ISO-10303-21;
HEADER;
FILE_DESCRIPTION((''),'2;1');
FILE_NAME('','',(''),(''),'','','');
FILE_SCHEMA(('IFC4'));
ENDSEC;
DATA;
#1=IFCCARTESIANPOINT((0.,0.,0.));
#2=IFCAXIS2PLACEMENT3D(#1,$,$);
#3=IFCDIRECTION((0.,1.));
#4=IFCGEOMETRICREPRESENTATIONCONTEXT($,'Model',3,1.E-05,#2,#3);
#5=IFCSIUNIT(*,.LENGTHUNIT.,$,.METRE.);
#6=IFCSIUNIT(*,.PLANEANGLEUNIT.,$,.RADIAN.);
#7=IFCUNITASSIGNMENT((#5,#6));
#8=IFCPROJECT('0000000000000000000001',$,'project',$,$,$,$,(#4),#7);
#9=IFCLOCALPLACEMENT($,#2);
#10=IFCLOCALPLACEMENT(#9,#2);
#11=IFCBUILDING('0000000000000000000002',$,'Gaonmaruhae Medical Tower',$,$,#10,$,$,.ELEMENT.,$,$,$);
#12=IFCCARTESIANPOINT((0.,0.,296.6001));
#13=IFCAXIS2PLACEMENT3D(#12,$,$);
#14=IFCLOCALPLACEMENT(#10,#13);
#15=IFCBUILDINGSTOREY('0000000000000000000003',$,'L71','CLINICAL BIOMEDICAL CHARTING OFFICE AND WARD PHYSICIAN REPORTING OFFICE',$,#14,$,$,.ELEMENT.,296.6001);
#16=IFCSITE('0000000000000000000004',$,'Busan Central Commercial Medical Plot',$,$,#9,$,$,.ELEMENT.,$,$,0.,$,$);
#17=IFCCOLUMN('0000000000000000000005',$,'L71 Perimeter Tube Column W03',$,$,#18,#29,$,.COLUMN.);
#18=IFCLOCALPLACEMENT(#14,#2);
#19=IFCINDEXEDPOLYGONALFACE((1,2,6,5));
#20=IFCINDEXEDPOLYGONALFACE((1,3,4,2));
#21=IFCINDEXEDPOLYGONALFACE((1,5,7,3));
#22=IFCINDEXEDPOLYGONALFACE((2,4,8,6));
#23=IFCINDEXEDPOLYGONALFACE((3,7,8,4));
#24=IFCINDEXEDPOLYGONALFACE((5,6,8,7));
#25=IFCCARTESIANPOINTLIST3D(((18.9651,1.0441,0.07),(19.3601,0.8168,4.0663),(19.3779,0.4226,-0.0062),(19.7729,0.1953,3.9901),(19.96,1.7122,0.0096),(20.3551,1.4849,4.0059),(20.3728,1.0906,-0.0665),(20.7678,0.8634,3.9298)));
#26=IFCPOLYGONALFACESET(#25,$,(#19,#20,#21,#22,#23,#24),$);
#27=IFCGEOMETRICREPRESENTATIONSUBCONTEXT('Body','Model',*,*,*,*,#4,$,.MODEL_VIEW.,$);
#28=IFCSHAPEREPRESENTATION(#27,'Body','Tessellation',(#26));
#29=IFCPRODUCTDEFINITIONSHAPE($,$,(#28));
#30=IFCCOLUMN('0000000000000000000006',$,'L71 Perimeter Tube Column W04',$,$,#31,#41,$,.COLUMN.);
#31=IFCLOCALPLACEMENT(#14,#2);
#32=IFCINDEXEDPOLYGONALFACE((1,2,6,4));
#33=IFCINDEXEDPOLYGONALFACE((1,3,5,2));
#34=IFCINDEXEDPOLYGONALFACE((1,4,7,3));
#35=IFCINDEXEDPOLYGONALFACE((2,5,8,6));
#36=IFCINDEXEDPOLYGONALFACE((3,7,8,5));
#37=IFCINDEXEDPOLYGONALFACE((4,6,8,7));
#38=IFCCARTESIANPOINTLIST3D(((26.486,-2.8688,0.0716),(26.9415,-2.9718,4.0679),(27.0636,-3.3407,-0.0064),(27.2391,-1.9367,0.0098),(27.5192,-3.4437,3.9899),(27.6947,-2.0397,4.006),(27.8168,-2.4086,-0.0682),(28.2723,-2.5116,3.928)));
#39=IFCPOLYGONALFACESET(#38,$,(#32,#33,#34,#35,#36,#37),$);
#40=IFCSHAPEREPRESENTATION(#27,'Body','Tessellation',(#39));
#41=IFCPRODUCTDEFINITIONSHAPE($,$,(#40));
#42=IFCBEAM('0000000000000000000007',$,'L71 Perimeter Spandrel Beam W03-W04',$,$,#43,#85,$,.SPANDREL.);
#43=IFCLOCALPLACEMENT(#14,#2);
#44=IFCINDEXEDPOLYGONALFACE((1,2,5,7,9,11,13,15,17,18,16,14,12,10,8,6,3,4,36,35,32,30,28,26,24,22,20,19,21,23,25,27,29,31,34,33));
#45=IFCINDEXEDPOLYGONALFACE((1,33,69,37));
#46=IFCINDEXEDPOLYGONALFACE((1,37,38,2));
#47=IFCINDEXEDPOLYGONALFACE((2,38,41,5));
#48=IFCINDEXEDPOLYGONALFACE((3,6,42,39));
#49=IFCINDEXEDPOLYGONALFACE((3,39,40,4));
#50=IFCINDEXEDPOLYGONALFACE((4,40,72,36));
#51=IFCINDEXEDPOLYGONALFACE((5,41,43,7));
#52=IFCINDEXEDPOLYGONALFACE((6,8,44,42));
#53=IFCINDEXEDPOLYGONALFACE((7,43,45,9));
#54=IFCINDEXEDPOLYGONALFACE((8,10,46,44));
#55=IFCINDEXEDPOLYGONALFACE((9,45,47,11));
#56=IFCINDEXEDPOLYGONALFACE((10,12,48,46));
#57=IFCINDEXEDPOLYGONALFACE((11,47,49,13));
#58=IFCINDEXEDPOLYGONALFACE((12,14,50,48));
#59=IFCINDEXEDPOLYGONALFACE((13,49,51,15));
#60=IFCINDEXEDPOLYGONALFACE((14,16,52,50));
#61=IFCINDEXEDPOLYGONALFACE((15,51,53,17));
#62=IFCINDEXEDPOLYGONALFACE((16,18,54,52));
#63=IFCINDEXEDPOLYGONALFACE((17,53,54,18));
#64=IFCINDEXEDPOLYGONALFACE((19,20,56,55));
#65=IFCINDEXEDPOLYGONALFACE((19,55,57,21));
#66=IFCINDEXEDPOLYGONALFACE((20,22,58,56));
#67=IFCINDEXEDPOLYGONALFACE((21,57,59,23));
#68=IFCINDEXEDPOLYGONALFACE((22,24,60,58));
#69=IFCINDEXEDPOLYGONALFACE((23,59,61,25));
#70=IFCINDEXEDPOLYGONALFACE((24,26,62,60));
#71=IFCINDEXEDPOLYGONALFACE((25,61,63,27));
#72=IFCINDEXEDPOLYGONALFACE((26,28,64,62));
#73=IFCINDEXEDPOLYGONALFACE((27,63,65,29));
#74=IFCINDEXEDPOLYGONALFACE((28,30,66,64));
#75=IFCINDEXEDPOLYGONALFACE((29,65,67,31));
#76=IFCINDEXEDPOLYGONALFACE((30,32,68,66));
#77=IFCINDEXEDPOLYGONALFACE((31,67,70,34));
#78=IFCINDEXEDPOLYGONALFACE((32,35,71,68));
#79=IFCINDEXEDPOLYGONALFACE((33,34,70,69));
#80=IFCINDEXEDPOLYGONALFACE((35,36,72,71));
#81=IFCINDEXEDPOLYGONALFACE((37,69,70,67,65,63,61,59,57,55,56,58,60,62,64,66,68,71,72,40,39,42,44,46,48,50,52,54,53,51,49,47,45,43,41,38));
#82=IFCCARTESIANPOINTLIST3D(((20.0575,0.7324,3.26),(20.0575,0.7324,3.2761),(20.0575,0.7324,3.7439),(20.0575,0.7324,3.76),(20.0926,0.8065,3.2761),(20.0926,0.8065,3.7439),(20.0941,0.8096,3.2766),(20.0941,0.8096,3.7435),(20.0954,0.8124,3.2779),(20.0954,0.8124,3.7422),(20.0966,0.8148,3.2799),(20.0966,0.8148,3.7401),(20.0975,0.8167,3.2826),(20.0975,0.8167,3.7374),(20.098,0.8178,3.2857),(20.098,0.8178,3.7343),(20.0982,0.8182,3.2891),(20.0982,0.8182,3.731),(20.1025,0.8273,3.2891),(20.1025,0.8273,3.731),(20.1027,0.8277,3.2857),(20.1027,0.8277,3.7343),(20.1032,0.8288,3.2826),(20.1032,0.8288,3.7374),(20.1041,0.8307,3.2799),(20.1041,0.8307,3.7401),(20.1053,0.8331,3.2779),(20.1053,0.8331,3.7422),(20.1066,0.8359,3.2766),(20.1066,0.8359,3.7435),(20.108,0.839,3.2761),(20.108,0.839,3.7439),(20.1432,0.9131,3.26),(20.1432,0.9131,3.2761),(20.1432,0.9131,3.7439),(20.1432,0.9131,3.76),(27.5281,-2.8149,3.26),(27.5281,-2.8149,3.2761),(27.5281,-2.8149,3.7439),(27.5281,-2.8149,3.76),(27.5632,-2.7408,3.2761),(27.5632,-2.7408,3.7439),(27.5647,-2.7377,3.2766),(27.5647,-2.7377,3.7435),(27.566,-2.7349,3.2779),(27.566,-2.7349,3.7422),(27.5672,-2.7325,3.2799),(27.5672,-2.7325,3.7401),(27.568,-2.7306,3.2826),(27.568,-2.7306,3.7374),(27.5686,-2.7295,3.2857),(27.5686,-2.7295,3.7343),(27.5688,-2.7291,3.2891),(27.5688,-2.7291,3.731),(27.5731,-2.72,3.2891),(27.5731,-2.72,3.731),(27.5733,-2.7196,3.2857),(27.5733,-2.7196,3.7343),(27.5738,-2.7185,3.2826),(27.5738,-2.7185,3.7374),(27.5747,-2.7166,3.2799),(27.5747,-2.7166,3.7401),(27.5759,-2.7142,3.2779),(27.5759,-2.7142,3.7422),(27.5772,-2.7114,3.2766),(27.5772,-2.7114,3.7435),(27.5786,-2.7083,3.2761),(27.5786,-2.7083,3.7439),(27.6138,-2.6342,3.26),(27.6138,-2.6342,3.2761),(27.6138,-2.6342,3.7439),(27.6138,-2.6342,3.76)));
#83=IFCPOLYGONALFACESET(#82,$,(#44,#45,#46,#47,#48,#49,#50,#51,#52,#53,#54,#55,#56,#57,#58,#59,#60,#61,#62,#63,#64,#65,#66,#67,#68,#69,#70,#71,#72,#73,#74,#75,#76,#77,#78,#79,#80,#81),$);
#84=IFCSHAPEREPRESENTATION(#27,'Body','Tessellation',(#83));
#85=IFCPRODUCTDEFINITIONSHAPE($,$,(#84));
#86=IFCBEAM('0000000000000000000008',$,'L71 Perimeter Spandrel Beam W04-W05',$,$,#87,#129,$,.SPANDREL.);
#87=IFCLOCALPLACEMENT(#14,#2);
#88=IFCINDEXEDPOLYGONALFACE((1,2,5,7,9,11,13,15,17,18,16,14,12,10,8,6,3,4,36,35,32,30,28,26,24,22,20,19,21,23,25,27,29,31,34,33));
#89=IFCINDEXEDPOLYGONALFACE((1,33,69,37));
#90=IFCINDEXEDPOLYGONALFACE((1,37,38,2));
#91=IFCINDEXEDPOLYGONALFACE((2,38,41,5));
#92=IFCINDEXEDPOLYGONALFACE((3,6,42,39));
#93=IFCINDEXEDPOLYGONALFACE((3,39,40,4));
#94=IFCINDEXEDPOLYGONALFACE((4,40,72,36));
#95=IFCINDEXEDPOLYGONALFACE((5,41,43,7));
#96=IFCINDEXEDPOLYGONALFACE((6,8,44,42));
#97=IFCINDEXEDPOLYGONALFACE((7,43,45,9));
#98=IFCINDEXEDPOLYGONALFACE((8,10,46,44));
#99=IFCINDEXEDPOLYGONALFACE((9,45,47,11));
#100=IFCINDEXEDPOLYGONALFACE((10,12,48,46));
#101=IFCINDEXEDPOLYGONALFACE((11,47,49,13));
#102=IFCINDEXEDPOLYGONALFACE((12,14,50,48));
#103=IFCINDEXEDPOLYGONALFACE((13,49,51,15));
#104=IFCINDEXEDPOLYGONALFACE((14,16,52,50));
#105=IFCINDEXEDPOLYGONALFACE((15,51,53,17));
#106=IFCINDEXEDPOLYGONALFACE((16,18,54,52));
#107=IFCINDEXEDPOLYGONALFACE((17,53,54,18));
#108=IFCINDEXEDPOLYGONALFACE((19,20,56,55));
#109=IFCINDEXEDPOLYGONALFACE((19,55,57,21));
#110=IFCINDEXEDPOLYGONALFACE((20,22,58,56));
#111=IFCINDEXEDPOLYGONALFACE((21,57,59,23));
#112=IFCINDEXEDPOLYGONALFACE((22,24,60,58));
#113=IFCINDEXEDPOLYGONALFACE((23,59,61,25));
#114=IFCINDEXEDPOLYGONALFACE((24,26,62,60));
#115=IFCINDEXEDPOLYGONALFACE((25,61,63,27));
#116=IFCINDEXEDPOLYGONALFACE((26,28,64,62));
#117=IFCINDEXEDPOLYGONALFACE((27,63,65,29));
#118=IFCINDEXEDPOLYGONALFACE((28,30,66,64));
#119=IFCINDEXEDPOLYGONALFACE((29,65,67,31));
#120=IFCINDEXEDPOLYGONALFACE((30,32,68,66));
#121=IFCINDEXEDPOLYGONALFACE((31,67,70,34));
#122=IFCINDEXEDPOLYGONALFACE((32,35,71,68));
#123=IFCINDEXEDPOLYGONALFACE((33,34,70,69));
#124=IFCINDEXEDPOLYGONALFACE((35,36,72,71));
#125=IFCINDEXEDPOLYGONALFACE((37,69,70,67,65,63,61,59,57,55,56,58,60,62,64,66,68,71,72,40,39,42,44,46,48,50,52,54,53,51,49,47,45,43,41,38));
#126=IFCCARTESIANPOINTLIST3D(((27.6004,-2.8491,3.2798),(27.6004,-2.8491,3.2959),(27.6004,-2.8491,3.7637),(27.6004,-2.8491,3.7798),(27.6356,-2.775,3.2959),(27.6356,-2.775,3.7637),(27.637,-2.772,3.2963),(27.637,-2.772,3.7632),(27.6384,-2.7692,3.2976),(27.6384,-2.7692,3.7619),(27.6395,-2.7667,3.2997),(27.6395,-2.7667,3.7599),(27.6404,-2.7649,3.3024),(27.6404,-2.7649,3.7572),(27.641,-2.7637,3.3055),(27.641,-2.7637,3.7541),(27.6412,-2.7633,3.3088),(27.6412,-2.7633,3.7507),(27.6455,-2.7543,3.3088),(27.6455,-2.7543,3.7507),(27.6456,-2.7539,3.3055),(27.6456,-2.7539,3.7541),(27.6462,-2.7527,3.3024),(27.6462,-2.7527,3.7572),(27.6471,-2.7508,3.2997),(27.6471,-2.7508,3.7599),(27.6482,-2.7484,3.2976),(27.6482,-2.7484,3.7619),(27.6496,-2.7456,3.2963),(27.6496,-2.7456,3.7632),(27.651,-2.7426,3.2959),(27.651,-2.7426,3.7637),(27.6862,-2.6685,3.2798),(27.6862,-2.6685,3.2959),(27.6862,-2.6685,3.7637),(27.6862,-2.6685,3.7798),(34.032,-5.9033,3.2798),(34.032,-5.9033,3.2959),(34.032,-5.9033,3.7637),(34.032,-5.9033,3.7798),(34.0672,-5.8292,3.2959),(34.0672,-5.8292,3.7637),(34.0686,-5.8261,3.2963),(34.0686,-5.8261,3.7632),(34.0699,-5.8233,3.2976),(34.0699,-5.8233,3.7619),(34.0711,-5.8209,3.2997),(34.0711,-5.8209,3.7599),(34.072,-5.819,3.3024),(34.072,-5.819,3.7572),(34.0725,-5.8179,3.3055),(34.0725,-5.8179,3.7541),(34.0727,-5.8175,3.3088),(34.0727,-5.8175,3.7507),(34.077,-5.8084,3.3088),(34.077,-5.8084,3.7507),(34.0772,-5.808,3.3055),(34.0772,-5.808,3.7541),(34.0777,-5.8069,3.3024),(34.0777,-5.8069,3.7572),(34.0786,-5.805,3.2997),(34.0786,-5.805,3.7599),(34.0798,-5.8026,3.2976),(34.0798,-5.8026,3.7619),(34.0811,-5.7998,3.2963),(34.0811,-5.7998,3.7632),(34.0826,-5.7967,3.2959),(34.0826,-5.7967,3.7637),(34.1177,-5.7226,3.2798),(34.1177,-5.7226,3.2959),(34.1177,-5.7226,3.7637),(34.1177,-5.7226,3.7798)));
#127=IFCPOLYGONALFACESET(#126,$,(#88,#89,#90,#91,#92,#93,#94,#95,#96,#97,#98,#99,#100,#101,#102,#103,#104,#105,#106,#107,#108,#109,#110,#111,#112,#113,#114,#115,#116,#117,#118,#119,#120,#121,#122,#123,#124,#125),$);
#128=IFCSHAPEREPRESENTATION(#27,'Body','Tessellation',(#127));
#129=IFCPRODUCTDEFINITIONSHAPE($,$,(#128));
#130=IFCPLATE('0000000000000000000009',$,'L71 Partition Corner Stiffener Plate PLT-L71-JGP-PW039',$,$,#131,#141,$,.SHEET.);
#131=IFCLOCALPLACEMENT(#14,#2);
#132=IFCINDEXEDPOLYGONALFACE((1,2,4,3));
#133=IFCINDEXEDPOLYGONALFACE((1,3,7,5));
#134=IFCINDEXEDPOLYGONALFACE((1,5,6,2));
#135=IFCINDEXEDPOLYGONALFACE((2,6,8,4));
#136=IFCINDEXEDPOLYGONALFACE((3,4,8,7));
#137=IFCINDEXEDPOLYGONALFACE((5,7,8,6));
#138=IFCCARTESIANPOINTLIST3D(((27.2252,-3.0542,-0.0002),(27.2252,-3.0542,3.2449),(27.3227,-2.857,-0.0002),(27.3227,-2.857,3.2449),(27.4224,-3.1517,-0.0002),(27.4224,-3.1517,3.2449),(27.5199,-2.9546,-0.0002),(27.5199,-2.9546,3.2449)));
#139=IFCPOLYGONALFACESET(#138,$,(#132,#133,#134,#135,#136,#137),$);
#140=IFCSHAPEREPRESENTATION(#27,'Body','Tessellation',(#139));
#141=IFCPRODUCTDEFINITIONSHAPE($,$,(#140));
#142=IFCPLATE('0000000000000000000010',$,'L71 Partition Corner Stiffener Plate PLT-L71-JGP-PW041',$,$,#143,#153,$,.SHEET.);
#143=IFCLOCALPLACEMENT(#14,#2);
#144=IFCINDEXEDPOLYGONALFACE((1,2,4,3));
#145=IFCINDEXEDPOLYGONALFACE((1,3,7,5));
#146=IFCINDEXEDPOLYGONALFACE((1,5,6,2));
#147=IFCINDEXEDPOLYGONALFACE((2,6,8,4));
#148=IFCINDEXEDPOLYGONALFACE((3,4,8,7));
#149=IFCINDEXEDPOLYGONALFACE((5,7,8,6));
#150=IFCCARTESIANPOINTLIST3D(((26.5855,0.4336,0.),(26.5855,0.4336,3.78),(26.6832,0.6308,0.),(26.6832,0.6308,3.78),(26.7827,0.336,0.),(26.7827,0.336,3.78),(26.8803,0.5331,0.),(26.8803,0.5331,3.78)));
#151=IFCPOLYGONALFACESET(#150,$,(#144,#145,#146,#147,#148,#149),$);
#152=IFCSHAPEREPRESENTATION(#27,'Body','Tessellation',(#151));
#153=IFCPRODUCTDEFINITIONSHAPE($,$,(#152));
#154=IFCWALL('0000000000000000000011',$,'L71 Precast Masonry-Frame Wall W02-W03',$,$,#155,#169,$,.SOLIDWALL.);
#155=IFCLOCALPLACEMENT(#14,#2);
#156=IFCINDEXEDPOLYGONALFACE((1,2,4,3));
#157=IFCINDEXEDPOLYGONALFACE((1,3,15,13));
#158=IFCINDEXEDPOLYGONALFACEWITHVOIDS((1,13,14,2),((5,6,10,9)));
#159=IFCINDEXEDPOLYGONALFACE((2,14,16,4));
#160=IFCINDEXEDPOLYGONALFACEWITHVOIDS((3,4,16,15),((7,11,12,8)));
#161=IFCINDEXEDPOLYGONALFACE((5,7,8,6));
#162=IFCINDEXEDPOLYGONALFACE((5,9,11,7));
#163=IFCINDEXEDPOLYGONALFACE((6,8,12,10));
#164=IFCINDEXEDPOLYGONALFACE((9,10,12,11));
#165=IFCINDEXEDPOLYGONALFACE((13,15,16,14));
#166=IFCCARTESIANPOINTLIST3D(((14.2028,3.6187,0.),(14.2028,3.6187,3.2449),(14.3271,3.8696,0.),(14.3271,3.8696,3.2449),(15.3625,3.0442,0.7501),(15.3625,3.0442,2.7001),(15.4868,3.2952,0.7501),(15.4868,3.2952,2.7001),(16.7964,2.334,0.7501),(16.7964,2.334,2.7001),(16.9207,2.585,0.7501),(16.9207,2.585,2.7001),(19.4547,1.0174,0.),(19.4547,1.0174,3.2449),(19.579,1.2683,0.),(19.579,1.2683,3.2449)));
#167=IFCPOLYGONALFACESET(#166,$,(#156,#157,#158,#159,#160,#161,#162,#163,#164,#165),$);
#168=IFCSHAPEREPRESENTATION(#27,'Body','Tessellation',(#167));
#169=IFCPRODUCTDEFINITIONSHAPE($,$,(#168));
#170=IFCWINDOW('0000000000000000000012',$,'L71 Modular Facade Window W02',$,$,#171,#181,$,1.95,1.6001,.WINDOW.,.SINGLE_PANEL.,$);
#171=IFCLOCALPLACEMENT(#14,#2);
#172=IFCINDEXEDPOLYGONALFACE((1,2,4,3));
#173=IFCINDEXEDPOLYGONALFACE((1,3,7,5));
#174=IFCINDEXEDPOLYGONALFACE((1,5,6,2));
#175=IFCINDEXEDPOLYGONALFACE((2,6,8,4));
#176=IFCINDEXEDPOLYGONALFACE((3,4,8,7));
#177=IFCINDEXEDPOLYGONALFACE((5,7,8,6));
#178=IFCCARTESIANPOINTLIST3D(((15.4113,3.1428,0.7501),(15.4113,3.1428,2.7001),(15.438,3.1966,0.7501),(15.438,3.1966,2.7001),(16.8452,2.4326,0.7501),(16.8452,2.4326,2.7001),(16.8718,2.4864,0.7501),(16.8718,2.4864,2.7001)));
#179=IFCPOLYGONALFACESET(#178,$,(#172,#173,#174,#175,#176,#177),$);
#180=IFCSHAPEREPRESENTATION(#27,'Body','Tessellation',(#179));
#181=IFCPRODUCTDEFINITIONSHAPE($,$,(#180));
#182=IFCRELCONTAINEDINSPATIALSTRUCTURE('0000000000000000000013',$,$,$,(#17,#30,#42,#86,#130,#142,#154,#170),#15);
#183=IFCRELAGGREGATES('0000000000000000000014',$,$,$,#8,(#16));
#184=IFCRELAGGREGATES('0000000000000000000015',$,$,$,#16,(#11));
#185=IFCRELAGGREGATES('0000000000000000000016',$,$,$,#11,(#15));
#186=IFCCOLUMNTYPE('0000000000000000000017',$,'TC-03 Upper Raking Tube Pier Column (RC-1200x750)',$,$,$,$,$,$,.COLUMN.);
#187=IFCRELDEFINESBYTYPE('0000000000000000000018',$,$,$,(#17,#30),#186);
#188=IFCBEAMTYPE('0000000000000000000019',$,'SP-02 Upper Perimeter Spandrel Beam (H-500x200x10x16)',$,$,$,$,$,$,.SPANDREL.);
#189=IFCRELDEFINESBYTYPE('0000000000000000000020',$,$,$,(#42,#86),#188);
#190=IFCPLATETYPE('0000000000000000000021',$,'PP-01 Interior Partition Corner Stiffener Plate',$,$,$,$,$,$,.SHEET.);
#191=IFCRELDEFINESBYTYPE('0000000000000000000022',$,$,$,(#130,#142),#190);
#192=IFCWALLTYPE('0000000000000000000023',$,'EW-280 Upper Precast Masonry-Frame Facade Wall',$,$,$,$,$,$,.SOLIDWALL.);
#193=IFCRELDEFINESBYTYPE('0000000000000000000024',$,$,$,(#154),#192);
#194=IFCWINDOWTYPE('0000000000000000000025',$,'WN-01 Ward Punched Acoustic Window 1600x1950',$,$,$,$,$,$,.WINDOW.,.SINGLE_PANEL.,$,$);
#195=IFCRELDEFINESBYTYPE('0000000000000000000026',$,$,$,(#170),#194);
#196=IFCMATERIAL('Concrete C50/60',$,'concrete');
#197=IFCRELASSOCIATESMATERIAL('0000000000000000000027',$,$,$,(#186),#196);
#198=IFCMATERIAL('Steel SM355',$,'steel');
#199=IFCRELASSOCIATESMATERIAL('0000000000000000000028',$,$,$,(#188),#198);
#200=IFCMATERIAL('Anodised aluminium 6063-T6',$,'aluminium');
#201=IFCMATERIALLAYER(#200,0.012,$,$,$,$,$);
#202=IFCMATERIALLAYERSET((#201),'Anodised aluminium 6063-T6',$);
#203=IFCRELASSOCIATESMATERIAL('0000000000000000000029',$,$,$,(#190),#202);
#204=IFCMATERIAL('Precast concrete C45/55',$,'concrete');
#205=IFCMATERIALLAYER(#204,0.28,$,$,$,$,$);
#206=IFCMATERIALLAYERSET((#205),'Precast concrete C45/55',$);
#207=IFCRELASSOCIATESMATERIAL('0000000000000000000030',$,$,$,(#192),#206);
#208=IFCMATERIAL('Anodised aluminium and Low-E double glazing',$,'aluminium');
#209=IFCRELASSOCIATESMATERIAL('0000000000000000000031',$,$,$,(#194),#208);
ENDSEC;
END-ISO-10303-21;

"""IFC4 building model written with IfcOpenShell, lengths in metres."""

from ifc_helpers import new_model, si_unit, direction, frame, frame_2d, origin, origin_2d, place, context, subcontext, project, spatial, rectangle, i_section, extrude, material, layer, layer_set, material_profile, profile_set, type_object, element, fill, save


model = new_model("IFC4")

# Units and contexts
model_context = context("Model", 3, precision=1e-05, world=origin(), true_north=direction((0.0, 1.0)))
body_context = subcontext(model_context, "Body", "Model", "MODEL_VIEW")
ifc_project = project(units=[si_unit("LENGTHUNIT", "METRE"), si_unit("PLANEANGLEUNIT", "RADIAN")], contexts=[model_context])

# Site, building, storey
site_placement = place(None, origin())
site = spatial("IfcSite", under=ifc_project, at=site_placement, Name="Busan Central Commercial Medical Plot", CompositionType="ELEMENT", RefElevation=0.0)
building_placement = place(site_placement, origin())
building = spatial("IfcBuilding", under=site, at=building_placement, Name="Gaonmaruhae Medical Tower", CompositionType="ELEMENT")
storey_placement = place(building_placement, frame((0.0, 0.0, 296.6001)))
storey = spatial("IfcBuildingStorey", under=building, at=storey_placement, Name="L71", Description="CLINICAL BIOMEDICAL CHARTING OFFICE AND WARD PHYSICIAN REPORTING OFFICE", CompositionType="ELEMENT", Elevation=296.6001)

# Columns
ifc_material_1 = material(Name="Concrete C50/60", Category="concrete")
ifc_material_profile_1 = material_profile(ifc_material_1, rectangle(XDim=1.2, YDim=0.75, at=origin_2d()), Name="RC-1200x750")
ifc_profile_set_1 = profile_set([ifc_material_profile_1], Name="Concrete C50/60")
column_type = type_object("IfcColumnType", Name="TC-03 Upper Raking Tube Pier Column (RC-1200x750)", PredefinedType="COLUMN", material=ifc_profile_set_1)
column_1_placement = place(storey_placement, frame((19.6689, 1.0674, 0.0017), z_axis=(0.098209, -0.05651, 0.99356), x_axis=(-0.829149, -0.556761, 0.050291)))
element("IfcColumn", 1, at=column_1_placement, inside=storey, type_object=column_type, Name="L71 Perimeter Tube Column W03", PredefinedType="COLUMN", context=body_context, shape_type="SweptSolid", body=[
    extrude(rectangle(XDim=1.2, YDim=0.75, at=origin_2d()), origin(), (0.0, 0.0, 1.0), 4.0222),
])
column_2_placement = place(storey_placement, frame((27.1514, -2.6387, 0.0017), z_axis=(0.113225, -0.025606, 0.993239), x_axis=(-0.627657, -0.776783, 0.051525)))
element("IfcColumn", 2, at=column_2_placement, inside=storey, type_object=column_type, Name="L71 Perimeter Tube Column W04", PredefinedType="COLUMN", context=body_context, shape_type="SweptSolid", body=[
    extrude(rectangle(XDim=1.2, YDim=0.75, at=origin_2d()), origin(), (0.0, 0.0, 1.0), 4.0234),
])

# Beams
ifc_material_2 = material(Name="Steel SM355", Category="steel")
ifc_material_profile_2 = material_profile(ifc_material_2, i_section(OverallWidth=0.2, OverallDepth=0.5, WebThickness=0.01, FlangeThickness=0.0161, FilletRadius=0.0129, at=origin_2d()), Name="H-500x200x10x16")
ifc_profile_set_2 = profile_set([ifc_material_profile_2], Name="Steel SM355")
beam_type = type_object("IfcBeamType", Name="SP-02 Upper Perimeter Spandrel Beam (H-500x200x10x16)", PredefinedType="SPANDREL", material=ifc_profile_set_2)
beam_1_placement = place(storey_placement, frame((20.1003, 0.8228, 3.51), z_axis=(0.903335, -0.428936, 0.0), x_axis=(0.428936, 0.903335, 0.0)))
element("IfcBeam", 3, at=beam_1_placement, inside=storey, type_object=beam_type, Name="L71 Perimeter Spandrel Beam W03-W04", PredefinedType="SPANDREL", context=body_context, shape_type="SweptSolid", body=[
    extrude(i_section(OverallWidth=0.2, OverallDepth=0.5, WebThickness=0.01, FlangeThickness=0.0161, FilletRadius=0.0129, at=origin_2d()), origin(), (0.0, 0.0, 1.0), 8.27),
])
beam_2_placement = place(storey_placement, frame((27.6433, -2.7588, 3.5298), z_axis=(0.903323, -0.428962, 0.0), x_axis=(0.428962, 0.903323, 0.0)))
element("IfcBeam", 4, at=beam_2_placement, inside=storey, type_object=beam_type, Name="L71 Perimeter Spandrel Beam W04-W05", PredefinedType="SPANDREL", context=body_context, shape_type="SweptSolid", body=[
    extrude(i_section(OverallWidth=0.2, OverallDepth=0.5, WebThickness=0.01, FlangeThickness=0.0161, FilletRadius=0.0129, at=origin_2d()), origin(), (0.0, 0.0, 1.0), 7.1199),
])

# Plates
ifc_material_3 = material(Name="Anodised aluminium 6063-T6", Category="aluminium")
ifc_layer_1 = layer(ifc_material_3, 0.012)
ifc_layer_set_1 = layer_set([ifc_layer_1], Name="Anodised aluminium 6063-T6")
plate_type = type_object("IfcPlateType", Name="PP-01 Interior Partition Corner Stiffener Plate", PredefinedType="SHEET", material=ifc_layer_set_1)
plate_1_placement = place(storey_placement, frame((27.3726, -3.0044, -0.0002), z_axis=(0.0, 0.0, 1.0), x_axis=(-0.896339, 0.443368, 0.0)))
element("IfcPlate", 5, at=plate_1_placement, inside=storey, type_object=plate_type, Name="L71 Partition Corner Stiffener Plate PLT-L71-JGP-PW039", PredefinedType="SHEET", context=body_context, shape_type="SweptSolid", body=[
    extrude(rectangle(XDim=0.22, YDim=0.22, at=origin_2d()), origin(), (0.0, 0.0, 1.0), 3.2451),
])
plate_2_placement = place(storey_placement, frame((26.7329, 0.4834, 0.0), z_axis=(0.0, 0.0, 1.0), x_axis=(0.443791, 0.89613, 0.0)))
element("IfcPlate", 6, at=plate_2_placement, inside=storey, type_object=plate_type, Name="L71 Partition Corner Stiffener Plate PLT-L71-JGP-PW041", PredefinedType="SHEET", context=body_context, shape_type="SweptSolid", body=[
    extrude(rectangle(XDim=0.22, YDim=0.22, at=origin_2d()), origin(), (0.0, 0.0, 1.0), 3.78),
])

# Shared definitions
ifc_material_4 = material(Name="Precast concrete C45/55", Category="concrete")

# Wall, opening, window
ifc_layer_2 = layer(ifc_material_4, 0.28)
ifc_layer_set_2 = layer_set([ifc_layer_2], Name="Precast concrete C45/55")
wall_type_1 = type_object("IfcWallType", Name="EW-280 Upper Precast Masonry-Frame Facade Wall", PredefinedType="SOLIDWALL", material=ifc_layer_set_2)
wall_1_placement = place(storey_placement, frame((19.5168, 1.1428, 0.0), z_axis=(0.0, 0.0, 1.0), x_axis=(-0.896104, 0.443845, 0.0)))
wall_1 = element("IfcWall", 7, at=wall_1_placement, inside=storey, type_object=wall_type_1, Name="L71 Precast Masonry-Frame Wall W02-W03", PredefinedType="SOLIDWALL", context=body_context, shape_type="SweptSolid", body=[
    extrude(rectangle(XDim=5.8608, YDim=0.28, at=frame_2d((2.9304, 0.0))), origin(), (0.0, 0.0, 1.0), 3.2449),
])
opening_1_placement = place(wall_1_placement, frame((2.9666, 0.0, 0.75)))
opening_1 = element("IfcOpeningElement", 8, at=opening_1_placement, cuts=wall_1, PredefinedType="OPENING", context=body_context, shape_type="SweptSolid", body=[
    extrude(rectangle(XDim=1.6001, YDim=1.95, at=frame_2d((0.8, 0.9751))), frame((0.0, 0.1499, 0.0), z_axis=(0.0, -1.0, 0.0), x_axis=(1.0, 0.0, 0.0)), (0.0, 0.0, 1.0), 0.3),
])
ifc_material_5 = material(Name="Anodised aluminium and Low-E double glazing", Category="aluminium")
window_type = type_object("IfcWindowType", Name="WN-01 Ward Punched Acoustic Window 1600x1950", PartitioningType="SINGLE_PANEL", PredefinedType="WINDOW", material=ifc_material_5)
window_placement = place(opening_1_placement, origin())
window = element("IfcWindow", 9, at=window_placement, inside=storey, type_object=window_type, Name="L71 Modular Facade Window W02", OverallHeight=1.95, OverallWidth=1.6001, PartitioningType="SINGLE_PANEL", PredefinedType="WINDOW", context=body_context, shape_type="SweptSolid", body=[
    extrude(rectangle(XDim=1.6001, YDim=1.95, at=frame_2d((0.8, 0.9751))), frame((0.0, 0.03, 0.0), z_axis=(0.0, -1.0, 0.0), x_axis=(1.0, 0.0, 0.0)), (0.0, 0.0, 1.0), 0.0601),
])
fill(opening_1, window)

save(model, "model.ifc")
